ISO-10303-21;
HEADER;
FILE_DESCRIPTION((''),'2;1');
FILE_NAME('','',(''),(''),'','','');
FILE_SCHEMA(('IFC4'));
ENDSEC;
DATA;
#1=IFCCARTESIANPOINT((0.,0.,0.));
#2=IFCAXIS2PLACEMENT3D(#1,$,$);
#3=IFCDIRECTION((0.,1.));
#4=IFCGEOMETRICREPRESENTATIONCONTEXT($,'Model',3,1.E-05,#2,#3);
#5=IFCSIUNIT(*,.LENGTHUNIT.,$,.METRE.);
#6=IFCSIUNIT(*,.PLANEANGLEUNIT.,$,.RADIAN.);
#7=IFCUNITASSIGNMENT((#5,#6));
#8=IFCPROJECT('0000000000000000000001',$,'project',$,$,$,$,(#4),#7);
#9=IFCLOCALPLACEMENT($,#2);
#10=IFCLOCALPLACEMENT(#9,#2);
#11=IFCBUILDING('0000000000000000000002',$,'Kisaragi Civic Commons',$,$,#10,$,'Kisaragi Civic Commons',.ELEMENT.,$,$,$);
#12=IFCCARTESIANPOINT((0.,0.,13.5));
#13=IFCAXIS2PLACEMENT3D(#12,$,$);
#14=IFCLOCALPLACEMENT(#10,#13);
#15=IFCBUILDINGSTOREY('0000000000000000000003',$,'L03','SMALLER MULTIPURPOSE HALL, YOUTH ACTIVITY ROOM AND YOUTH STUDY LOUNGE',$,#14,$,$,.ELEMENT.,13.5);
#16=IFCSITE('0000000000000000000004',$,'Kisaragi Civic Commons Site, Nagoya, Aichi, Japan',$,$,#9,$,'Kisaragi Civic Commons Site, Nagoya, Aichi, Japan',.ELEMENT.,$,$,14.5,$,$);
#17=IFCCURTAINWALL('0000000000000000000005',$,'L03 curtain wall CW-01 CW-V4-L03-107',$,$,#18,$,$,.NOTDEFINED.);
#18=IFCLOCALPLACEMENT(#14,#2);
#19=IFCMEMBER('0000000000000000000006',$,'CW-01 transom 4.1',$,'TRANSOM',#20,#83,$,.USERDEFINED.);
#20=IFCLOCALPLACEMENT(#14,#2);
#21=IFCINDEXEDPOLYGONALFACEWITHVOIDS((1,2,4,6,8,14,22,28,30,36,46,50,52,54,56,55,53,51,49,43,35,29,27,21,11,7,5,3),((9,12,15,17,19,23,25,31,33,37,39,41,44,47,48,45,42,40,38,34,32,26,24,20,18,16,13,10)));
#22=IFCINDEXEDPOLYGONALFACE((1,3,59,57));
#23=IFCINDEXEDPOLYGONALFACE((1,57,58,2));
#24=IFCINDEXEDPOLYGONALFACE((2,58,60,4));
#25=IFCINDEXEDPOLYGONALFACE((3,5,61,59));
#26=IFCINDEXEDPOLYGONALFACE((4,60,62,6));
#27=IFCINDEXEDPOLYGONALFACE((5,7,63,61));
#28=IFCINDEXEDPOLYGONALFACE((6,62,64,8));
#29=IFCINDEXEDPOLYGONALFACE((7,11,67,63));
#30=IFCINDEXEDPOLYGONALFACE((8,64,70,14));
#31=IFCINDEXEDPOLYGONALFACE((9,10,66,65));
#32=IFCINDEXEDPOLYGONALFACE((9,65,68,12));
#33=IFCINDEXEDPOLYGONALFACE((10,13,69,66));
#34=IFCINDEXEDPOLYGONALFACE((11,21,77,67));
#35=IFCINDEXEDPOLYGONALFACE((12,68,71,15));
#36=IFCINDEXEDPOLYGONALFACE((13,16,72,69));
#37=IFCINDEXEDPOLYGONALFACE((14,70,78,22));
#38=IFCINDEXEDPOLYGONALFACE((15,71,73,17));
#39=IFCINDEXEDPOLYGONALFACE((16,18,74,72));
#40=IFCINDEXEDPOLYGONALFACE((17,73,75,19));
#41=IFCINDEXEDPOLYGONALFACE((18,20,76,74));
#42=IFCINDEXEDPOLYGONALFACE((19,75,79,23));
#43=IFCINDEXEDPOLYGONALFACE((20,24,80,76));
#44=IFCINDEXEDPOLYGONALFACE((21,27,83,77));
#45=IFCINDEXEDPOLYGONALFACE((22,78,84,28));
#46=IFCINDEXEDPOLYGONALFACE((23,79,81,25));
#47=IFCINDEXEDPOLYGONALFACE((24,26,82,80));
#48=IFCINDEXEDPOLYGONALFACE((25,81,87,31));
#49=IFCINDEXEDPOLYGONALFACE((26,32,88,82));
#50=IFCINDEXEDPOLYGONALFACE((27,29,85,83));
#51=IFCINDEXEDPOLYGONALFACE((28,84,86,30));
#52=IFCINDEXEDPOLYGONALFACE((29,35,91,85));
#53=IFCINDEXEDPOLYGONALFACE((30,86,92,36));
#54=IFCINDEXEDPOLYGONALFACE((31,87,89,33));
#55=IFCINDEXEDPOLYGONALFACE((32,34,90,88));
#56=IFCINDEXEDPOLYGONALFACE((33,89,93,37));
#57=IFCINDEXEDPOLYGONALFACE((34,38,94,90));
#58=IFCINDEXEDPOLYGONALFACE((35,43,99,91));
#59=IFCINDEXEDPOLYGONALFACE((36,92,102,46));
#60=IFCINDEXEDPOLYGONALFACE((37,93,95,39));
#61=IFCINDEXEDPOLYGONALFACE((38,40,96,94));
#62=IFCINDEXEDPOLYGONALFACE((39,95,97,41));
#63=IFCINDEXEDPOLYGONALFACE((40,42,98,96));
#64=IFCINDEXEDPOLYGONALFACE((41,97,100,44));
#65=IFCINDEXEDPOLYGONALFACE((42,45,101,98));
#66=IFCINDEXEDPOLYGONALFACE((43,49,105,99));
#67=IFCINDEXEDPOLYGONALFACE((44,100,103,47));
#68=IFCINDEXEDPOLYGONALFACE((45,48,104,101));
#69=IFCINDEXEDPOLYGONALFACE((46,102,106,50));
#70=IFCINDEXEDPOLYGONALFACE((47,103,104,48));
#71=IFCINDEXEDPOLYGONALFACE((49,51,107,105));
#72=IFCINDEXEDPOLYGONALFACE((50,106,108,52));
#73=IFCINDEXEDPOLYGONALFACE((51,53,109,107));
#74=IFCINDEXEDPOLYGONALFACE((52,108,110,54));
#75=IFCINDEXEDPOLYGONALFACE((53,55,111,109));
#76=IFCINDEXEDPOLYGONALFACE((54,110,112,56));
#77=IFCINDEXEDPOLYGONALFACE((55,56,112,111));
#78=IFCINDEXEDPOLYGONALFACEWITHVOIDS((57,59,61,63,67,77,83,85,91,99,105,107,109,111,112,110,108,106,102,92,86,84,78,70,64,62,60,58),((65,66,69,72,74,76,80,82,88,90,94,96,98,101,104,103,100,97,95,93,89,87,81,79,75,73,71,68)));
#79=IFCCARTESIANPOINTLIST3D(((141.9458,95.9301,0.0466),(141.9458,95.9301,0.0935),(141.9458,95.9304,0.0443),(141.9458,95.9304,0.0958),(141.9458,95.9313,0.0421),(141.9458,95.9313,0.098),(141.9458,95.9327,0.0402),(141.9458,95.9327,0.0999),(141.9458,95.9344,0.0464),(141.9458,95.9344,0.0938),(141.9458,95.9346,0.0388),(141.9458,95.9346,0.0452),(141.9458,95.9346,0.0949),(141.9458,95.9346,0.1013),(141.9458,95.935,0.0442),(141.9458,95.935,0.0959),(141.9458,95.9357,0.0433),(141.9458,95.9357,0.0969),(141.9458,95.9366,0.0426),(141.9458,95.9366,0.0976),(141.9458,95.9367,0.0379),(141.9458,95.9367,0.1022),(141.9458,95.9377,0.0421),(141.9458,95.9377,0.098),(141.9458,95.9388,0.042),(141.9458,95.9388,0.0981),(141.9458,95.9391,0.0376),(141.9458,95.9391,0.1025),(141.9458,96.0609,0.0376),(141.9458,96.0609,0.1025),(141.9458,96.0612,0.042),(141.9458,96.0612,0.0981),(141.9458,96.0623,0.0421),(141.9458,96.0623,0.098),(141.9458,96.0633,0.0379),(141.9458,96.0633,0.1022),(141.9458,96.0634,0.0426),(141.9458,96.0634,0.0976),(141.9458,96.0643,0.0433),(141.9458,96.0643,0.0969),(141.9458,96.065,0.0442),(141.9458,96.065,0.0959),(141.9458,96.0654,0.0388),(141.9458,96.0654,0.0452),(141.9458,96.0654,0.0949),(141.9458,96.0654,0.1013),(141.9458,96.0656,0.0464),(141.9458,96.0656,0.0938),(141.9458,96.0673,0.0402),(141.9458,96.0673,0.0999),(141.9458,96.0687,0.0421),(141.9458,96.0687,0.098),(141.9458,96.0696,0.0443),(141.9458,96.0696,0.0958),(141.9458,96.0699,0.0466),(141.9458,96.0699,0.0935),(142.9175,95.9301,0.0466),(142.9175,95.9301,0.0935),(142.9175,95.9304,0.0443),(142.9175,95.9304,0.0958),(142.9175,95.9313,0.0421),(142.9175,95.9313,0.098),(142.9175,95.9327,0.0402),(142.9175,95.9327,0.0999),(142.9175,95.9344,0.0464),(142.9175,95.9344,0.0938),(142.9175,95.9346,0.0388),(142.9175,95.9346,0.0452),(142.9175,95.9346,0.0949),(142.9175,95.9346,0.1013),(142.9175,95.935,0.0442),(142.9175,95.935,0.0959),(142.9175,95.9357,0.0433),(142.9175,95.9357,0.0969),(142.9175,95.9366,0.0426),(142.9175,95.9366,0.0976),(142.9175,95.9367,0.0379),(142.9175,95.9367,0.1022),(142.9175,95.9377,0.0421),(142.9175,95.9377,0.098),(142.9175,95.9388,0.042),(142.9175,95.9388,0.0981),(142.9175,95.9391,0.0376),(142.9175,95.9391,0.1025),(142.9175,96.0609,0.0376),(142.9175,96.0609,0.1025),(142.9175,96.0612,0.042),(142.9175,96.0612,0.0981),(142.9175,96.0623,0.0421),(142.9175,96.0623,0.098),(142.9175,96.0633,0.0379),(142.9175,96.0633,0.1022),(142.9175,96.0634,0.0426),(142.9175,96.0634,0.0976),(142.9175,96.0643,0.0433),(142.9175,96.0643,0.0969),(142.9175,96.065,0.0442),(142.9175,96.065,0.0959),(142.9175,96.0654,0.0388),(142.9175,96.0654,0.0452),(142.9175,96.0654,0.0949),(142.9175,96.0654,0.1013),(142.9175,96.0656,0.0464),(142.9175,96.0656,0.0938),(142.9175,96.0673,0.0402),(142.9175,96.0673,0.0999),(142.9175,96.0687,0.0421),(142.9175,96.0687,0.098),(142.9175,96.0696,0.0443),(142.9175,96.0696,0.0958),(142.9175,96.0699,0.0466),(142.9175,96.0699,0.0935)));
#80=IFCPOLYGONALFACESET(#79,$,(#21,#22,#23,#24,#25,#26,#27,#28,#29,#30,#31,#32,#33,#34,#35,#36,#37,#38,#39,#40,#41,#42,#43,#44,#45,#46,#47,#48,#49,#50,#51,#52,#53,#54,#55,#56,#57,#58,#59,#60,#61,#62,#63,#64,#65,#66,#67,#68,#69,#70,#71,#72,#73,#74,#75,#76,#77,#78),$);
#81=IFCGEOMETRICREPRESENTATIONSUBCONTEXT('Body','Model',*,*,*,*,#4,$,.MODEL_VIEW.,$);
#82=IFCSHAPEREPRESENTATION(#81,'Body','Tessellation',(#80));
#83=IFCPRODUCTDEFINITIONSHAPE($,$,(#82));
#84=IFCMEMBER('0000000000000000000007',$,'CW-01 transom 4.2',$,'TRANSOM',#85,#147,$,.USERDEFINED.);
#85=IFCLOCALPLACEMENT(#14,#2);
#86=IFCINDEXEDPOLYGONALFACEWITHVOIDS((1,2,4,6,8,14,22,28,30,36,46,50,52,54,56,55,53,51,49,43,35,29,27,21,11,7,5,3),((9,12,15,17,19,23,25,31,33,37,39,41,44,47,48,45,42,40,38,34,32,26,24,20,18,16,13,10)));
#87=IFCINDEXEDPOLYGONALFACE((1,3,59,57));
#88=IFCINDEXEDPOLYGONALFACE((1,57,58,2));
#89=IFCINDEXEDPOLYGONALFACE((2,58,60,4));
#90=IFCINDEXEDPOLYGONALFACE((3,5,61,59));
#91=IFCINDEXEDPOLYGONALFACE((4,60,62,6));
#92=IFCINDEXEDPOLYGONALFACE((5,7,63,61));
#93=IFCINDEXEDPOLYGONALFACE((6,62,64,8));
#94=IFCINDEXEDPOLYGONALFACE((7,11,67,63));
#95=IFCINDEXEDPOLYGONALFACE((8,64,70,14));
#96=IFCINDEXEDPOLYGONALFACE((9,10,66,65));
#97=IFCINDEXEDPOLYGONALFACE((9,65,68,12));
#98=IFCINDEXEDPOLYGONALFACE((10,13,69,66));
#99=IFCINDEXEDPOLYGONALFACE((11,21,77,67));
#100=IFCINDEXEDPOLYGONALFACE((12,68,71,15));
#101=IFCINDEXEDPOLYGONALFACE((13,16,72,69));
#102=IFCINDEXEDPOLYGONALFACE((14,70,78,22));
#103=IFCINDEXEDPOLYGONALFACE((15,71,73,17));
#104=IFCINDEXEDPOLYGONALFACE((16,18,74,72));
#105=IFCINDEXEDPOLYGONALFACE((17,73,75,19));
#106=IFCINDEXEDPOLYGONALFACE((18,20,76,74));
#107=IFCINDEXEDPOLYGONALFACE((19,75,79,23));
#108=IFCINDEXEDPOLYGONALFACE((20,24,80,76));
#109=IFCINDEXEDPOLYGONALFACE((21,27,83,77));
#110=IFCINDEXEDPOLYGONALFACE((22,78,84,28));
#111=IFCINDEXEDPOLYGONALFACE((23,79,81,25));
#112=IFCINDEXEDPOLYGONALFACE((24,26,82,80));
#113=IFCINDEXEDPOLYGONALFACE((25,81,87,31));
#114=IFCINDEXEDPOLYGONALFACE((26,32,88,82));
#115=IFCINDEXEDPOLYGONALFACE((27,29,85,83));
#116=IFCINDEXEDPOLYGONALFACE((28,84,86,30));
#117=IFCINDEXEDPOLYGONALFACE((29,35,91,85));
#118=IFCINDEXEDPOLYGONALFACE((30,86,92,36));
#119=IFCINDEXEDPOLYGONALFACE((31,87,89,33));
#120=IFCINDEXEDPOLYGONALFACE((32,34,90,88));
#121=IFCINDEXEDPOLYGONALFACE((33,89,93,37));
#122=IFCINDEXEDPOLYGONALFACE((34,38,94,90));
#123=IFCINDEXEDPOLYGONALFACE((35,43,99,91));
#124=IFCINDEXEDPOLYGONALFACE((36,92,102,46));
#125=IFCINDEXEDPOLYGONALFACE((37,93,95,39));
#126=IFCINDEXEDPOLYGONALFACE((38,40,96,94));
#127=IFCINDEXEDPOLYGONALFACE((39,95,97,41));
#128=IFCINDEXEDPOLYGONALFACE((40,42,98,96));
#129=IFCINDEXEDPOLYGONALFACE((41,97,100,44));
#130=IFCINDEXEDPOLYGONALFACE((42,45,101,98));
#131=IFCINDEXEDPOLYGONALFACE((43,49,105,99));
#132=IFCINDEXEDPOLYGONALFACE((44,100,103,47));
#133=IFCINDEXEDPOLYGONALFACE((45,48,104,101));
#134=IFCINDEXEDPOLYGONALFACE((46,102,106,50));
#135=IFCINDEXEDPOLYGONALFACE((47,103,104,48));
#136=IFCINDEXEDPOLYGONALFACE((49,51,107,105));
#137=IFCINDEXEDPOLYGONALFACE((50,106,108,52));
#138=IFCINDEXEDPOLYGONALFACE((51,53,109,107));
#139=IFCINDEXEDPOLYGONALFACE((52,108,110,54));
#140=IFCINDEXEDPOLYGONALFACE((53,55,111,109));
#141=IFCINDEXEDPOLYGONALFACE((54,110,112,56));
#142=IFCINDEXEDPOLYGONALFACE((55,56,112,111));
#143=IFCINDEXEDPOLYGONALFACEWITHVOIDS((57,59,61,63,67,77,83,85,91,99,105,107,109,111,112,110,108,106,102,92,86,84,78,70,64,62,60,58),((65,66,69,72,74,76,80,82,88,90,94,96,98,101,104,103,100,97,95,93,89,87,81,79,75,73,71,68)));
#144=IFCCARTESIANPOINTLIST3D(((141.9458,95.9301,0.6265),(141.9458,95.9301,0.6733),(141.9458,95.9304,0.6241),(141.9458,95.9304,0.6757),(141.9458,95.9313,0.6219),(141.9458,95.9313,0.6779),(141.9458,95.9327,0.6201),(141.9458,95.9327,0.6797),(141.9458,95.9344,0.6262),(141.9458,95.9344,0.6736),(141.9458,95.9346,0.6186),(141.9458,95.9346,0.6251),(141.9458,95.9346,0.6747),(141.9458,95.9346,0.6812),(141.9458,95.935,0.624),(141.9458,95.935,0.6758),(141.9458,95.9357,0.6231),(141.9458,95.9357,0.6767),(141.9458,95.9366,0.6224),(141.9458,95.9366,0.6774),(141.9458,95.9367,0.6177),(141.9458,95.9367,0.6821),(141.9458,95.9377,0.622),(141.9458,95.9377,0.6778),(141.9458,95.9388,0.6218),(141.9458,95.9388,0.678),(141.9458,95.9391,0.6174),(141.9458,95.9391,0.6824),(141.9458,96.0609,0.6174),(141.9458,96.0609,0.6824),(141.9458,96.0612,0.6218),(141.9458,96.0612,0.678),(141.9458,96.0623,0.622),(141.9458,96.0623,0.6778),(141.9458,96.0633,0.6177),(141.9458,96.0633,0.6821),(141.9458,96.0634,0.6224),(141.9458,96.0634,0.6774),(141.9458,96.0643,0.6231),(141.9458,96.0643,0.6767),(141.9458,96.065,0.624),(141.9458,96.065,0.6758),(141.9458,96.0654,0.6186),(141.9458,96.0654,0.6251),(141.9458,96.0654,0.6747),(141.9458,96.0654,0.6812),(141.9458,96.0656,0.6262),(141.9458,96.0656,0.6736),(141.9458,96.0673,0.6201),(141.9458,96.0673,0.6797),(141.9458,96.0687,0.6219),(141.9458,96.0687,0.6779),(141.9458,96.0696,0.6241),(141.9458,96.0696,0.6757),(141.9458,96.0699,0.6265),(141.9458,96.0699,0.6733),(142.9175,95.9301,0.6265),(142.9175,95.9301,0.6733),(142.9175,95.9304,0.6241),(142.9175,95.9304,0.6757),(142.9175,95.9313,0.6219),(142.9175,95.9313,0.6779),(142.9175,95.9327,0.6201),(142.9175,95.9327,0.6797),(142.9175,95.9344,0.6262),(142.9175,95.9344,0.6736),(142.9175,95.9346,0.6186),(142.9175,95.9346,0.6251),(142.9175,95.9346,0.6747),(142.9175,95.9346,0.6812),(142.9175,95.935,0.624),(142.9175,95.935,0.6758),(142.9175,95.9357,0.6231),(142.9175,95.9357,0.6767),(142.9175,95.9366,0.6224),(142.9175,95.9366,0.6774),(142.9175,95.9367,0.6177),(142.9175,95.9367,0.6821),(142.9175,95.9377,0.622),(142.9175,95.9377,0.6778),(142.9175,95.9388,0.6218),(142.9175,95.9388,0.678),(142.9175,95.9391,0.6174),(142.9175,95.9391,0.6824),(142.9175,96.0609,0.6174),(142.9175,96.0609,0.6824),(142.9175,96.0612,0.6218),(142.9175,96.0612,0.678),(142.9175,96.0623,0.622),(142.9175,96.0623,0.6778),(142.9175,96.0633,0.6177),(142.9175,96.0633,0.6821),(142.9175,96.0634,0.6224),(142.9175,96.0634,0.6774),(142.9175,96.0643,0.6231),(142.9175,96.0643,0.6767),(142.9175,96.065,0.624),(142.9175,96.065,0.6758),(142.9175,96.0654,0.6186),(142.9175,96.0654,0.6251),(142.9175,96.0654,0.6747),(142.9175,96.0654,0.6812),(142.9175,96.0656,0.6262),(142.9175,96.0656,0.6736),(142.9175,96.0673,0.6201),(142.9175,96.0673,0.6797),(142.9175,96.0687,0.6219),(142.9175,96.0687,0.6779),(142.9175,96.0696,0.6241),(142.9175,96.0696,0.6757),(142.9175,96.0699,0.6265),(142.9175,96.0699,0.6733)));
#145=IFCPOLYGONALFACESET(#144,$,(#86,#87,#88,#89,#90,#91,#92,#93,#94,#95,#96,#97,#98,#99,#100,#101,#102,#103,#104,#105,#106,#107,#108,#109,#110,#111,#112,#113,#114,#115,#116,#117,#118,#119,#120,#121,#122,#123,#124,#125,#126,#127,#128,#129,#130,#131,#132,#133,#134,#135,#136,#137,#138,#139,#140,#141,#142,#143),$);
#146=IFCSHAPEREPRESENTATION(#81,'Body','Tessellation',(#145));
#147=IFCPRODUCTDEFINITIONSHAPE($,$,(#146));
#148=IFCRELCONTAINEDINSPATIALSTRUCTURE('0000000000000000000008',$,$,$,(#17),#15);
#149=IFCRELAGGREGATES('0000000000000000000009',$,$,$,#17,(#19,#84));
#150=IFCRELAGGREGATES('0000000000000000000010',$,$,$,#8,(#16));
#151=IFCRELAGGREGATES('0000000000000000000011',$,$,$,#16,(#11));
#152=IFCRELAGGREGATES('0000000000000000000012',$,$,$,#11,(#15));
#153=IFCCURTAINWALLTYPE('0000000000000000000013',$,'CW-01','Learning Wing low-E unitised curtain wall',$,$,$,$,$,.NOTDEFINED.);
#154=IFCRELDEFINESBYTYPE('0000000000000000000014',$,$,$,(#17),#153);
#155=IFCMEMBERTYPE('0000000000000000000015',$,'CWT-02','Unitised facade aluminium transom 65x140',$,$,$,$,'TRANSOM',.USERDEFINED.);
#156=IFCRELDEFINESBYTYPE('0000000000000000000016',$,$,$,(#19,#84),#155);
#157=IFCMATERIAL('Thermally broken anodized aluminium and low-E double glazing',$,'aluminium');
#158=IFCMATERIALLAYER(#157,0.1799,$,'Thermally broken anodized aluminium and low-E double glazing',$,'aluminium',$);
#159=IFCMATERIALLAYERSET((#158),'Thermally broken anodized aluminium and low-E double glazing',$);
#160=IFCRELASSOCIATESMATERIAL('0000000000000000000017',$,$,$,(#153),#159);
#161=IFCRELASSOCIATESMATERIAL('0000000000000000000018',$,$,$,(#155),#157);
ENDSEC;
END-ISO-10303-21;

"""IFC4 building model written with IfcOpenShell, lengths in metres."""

from ifc_helpers import new_model, si_unit, direction, frame, origin, origin_2d, place, context, subcontext, project, spatial, hollow_rectangle, extrude, material, layer, layer_set, material_profile, profile_set, type_object, element, aggregate, save


model = new_model("IFC4")

# Units and contexts
model_context = context("Model", 3, precision=1e-05, world=origin(), true_north=direction((0.0, 1.0)))
body_context = subcontext(model_context, "Body", "Model", "MODEL_VIEW")
ifc_project = project(units=[si_unit("LENGTHUNIT", "METRE"), si_unit("PLANEANGLEUNIT", "RADIAN")], contexts=[model_context])

# Site, building, storey
site_placement = place(None, origin())
site = spatial("IfcSite", under=ifc_project, at=site_placement, Name="Kisaragi Civic Commons Site, Nagoya, Aichi, Japan", LongName="Kisaragi Civic Commons Site, Nagoya, Aichi, Japan", CompositionType="ELEMENT", RefElevation=14.5)
building_placement = place(site_placement, origin())
building = spatial("IfcBuilding", under=site, at=building_placement, Name="Kisaragi Civic Commons", LongName="Kisaragi Civic Commons", CompositionType="ELEMENT")
storey_placement = place(building_placement, frame((0.0, 0.0, 13.5)))
storey = spatial("IfcBuildingStorey", under=building, at=storey_placement, Name="L03", Description="SMALLER MULTIPURPOSE HALL, YOUTH ACTIVITY ROOM AND YOUTH STUDY LOUNGE", CompositionType="ELEMENT", Elevation=13.5)

# Curtain wall, members
ifc_material = material(Name="Thermally broken anodized aluminium and low-E double glazing", Category="aluminium")
ifc_layer_1 = layer(ifc_material, 0.1799, Name="Thermally broken anodized aluminium and low-E double glazing", Category="aluminium")
ifc_layer_set_1 = layer_set([ifc_layer_1], Name="Thermally broken anodized aluminium and low-E double glazing")
curtain_wall_type = type_object("IfcCurtainWallType", Name="CW-01", Description="Learning Wing low-E unitised curtain wall", PredefinedType="NOTDEFINED", material=ifc_layer_set_1)
curtain_wall_placement = place(storey_placement, origin())
curtain_wall = element("IfcCurtainWall", 1, at=curtain_wall_placement, inside=storey, type_object=curtain_wall_type, Name="L03 curtain wall CW-01 CW-V4-L03-107", PredefinedType="NOTDEFINED")
ifc_material_profile_1 = material_profile(ifc_material, hollow_rectangle(XDim=0.1399, YDim=0.0649, WallThickness=0.0044, InnerFilletRadius=0.0044, OuterFilletRadius=0.009, at=origin_2d()), Name="CWT-65x140x4.5", Category="aluminium")
ifc_profile_set_1 = profile_set([ifc_material_profile_1], Name="Thermally broken anodized aluminium and low-E double glazing")
member_type_1 = type_object("IfcMemberType", Name="CWT-02", Description="Unitised facade aluminium transom 65x140", ElementType="TRANSOM", PredefinedType="USERDEFINED", material=ifc_profile_set_1)
member_1_placement = place(storey_placement, frame((142.9175, 96.0, 0.0701), z_axis=(-1.0, 0.0, 0.0), x_axis=(0.0, -1.0, 0.0)))
member_1 = element("IfcMember", 2, at=member_1_placement, type_object=member_type_1, Name="CW-01 transom 4.1", ObjectType="TRANSOM", PredefinedType="USERDEFINED", context=body_context, shape_type="SweptSolid", body=[
    extrude(hollow_rectangle(XDim=0.1399, YDim=0.0649, WallThickness=0.0044, InnerFilletRadius=0.0044, OuterFilletRadius=0.009, at=origin_2d()), origin(), (0.0, 0.0, 1.0), 0.9717),
])
member_2_placement = place(storey_placement, frame((142.9175, 96.0, 0.6499), z_axis=(-1.0, 0.0, 0.0), x_axis=(0.0, -1.0, 0.0)))
member_2 = element("IfcMember", 3, at=member_2_placement, type_object=member_type_1, Name="CW-01 transom 4.2", ObjectType="TRANSOM", PredefinedType="USERDEFINED", context=body_context, shape_type="SweptSolid", body=[
    extrude(hollow_rectangle(XDim=0.1399, YDim=0.0649, WallThickness=0.0044, InnerFilletRadius=0.0044, OuterFilletRadius=0.009, at=origin_2d()), origin(), (0.0, 0.0, 1.0), 0.9717),
])
aggregate(curtain_wall, [member_1, member_2])

save(model, "model.ifc")
